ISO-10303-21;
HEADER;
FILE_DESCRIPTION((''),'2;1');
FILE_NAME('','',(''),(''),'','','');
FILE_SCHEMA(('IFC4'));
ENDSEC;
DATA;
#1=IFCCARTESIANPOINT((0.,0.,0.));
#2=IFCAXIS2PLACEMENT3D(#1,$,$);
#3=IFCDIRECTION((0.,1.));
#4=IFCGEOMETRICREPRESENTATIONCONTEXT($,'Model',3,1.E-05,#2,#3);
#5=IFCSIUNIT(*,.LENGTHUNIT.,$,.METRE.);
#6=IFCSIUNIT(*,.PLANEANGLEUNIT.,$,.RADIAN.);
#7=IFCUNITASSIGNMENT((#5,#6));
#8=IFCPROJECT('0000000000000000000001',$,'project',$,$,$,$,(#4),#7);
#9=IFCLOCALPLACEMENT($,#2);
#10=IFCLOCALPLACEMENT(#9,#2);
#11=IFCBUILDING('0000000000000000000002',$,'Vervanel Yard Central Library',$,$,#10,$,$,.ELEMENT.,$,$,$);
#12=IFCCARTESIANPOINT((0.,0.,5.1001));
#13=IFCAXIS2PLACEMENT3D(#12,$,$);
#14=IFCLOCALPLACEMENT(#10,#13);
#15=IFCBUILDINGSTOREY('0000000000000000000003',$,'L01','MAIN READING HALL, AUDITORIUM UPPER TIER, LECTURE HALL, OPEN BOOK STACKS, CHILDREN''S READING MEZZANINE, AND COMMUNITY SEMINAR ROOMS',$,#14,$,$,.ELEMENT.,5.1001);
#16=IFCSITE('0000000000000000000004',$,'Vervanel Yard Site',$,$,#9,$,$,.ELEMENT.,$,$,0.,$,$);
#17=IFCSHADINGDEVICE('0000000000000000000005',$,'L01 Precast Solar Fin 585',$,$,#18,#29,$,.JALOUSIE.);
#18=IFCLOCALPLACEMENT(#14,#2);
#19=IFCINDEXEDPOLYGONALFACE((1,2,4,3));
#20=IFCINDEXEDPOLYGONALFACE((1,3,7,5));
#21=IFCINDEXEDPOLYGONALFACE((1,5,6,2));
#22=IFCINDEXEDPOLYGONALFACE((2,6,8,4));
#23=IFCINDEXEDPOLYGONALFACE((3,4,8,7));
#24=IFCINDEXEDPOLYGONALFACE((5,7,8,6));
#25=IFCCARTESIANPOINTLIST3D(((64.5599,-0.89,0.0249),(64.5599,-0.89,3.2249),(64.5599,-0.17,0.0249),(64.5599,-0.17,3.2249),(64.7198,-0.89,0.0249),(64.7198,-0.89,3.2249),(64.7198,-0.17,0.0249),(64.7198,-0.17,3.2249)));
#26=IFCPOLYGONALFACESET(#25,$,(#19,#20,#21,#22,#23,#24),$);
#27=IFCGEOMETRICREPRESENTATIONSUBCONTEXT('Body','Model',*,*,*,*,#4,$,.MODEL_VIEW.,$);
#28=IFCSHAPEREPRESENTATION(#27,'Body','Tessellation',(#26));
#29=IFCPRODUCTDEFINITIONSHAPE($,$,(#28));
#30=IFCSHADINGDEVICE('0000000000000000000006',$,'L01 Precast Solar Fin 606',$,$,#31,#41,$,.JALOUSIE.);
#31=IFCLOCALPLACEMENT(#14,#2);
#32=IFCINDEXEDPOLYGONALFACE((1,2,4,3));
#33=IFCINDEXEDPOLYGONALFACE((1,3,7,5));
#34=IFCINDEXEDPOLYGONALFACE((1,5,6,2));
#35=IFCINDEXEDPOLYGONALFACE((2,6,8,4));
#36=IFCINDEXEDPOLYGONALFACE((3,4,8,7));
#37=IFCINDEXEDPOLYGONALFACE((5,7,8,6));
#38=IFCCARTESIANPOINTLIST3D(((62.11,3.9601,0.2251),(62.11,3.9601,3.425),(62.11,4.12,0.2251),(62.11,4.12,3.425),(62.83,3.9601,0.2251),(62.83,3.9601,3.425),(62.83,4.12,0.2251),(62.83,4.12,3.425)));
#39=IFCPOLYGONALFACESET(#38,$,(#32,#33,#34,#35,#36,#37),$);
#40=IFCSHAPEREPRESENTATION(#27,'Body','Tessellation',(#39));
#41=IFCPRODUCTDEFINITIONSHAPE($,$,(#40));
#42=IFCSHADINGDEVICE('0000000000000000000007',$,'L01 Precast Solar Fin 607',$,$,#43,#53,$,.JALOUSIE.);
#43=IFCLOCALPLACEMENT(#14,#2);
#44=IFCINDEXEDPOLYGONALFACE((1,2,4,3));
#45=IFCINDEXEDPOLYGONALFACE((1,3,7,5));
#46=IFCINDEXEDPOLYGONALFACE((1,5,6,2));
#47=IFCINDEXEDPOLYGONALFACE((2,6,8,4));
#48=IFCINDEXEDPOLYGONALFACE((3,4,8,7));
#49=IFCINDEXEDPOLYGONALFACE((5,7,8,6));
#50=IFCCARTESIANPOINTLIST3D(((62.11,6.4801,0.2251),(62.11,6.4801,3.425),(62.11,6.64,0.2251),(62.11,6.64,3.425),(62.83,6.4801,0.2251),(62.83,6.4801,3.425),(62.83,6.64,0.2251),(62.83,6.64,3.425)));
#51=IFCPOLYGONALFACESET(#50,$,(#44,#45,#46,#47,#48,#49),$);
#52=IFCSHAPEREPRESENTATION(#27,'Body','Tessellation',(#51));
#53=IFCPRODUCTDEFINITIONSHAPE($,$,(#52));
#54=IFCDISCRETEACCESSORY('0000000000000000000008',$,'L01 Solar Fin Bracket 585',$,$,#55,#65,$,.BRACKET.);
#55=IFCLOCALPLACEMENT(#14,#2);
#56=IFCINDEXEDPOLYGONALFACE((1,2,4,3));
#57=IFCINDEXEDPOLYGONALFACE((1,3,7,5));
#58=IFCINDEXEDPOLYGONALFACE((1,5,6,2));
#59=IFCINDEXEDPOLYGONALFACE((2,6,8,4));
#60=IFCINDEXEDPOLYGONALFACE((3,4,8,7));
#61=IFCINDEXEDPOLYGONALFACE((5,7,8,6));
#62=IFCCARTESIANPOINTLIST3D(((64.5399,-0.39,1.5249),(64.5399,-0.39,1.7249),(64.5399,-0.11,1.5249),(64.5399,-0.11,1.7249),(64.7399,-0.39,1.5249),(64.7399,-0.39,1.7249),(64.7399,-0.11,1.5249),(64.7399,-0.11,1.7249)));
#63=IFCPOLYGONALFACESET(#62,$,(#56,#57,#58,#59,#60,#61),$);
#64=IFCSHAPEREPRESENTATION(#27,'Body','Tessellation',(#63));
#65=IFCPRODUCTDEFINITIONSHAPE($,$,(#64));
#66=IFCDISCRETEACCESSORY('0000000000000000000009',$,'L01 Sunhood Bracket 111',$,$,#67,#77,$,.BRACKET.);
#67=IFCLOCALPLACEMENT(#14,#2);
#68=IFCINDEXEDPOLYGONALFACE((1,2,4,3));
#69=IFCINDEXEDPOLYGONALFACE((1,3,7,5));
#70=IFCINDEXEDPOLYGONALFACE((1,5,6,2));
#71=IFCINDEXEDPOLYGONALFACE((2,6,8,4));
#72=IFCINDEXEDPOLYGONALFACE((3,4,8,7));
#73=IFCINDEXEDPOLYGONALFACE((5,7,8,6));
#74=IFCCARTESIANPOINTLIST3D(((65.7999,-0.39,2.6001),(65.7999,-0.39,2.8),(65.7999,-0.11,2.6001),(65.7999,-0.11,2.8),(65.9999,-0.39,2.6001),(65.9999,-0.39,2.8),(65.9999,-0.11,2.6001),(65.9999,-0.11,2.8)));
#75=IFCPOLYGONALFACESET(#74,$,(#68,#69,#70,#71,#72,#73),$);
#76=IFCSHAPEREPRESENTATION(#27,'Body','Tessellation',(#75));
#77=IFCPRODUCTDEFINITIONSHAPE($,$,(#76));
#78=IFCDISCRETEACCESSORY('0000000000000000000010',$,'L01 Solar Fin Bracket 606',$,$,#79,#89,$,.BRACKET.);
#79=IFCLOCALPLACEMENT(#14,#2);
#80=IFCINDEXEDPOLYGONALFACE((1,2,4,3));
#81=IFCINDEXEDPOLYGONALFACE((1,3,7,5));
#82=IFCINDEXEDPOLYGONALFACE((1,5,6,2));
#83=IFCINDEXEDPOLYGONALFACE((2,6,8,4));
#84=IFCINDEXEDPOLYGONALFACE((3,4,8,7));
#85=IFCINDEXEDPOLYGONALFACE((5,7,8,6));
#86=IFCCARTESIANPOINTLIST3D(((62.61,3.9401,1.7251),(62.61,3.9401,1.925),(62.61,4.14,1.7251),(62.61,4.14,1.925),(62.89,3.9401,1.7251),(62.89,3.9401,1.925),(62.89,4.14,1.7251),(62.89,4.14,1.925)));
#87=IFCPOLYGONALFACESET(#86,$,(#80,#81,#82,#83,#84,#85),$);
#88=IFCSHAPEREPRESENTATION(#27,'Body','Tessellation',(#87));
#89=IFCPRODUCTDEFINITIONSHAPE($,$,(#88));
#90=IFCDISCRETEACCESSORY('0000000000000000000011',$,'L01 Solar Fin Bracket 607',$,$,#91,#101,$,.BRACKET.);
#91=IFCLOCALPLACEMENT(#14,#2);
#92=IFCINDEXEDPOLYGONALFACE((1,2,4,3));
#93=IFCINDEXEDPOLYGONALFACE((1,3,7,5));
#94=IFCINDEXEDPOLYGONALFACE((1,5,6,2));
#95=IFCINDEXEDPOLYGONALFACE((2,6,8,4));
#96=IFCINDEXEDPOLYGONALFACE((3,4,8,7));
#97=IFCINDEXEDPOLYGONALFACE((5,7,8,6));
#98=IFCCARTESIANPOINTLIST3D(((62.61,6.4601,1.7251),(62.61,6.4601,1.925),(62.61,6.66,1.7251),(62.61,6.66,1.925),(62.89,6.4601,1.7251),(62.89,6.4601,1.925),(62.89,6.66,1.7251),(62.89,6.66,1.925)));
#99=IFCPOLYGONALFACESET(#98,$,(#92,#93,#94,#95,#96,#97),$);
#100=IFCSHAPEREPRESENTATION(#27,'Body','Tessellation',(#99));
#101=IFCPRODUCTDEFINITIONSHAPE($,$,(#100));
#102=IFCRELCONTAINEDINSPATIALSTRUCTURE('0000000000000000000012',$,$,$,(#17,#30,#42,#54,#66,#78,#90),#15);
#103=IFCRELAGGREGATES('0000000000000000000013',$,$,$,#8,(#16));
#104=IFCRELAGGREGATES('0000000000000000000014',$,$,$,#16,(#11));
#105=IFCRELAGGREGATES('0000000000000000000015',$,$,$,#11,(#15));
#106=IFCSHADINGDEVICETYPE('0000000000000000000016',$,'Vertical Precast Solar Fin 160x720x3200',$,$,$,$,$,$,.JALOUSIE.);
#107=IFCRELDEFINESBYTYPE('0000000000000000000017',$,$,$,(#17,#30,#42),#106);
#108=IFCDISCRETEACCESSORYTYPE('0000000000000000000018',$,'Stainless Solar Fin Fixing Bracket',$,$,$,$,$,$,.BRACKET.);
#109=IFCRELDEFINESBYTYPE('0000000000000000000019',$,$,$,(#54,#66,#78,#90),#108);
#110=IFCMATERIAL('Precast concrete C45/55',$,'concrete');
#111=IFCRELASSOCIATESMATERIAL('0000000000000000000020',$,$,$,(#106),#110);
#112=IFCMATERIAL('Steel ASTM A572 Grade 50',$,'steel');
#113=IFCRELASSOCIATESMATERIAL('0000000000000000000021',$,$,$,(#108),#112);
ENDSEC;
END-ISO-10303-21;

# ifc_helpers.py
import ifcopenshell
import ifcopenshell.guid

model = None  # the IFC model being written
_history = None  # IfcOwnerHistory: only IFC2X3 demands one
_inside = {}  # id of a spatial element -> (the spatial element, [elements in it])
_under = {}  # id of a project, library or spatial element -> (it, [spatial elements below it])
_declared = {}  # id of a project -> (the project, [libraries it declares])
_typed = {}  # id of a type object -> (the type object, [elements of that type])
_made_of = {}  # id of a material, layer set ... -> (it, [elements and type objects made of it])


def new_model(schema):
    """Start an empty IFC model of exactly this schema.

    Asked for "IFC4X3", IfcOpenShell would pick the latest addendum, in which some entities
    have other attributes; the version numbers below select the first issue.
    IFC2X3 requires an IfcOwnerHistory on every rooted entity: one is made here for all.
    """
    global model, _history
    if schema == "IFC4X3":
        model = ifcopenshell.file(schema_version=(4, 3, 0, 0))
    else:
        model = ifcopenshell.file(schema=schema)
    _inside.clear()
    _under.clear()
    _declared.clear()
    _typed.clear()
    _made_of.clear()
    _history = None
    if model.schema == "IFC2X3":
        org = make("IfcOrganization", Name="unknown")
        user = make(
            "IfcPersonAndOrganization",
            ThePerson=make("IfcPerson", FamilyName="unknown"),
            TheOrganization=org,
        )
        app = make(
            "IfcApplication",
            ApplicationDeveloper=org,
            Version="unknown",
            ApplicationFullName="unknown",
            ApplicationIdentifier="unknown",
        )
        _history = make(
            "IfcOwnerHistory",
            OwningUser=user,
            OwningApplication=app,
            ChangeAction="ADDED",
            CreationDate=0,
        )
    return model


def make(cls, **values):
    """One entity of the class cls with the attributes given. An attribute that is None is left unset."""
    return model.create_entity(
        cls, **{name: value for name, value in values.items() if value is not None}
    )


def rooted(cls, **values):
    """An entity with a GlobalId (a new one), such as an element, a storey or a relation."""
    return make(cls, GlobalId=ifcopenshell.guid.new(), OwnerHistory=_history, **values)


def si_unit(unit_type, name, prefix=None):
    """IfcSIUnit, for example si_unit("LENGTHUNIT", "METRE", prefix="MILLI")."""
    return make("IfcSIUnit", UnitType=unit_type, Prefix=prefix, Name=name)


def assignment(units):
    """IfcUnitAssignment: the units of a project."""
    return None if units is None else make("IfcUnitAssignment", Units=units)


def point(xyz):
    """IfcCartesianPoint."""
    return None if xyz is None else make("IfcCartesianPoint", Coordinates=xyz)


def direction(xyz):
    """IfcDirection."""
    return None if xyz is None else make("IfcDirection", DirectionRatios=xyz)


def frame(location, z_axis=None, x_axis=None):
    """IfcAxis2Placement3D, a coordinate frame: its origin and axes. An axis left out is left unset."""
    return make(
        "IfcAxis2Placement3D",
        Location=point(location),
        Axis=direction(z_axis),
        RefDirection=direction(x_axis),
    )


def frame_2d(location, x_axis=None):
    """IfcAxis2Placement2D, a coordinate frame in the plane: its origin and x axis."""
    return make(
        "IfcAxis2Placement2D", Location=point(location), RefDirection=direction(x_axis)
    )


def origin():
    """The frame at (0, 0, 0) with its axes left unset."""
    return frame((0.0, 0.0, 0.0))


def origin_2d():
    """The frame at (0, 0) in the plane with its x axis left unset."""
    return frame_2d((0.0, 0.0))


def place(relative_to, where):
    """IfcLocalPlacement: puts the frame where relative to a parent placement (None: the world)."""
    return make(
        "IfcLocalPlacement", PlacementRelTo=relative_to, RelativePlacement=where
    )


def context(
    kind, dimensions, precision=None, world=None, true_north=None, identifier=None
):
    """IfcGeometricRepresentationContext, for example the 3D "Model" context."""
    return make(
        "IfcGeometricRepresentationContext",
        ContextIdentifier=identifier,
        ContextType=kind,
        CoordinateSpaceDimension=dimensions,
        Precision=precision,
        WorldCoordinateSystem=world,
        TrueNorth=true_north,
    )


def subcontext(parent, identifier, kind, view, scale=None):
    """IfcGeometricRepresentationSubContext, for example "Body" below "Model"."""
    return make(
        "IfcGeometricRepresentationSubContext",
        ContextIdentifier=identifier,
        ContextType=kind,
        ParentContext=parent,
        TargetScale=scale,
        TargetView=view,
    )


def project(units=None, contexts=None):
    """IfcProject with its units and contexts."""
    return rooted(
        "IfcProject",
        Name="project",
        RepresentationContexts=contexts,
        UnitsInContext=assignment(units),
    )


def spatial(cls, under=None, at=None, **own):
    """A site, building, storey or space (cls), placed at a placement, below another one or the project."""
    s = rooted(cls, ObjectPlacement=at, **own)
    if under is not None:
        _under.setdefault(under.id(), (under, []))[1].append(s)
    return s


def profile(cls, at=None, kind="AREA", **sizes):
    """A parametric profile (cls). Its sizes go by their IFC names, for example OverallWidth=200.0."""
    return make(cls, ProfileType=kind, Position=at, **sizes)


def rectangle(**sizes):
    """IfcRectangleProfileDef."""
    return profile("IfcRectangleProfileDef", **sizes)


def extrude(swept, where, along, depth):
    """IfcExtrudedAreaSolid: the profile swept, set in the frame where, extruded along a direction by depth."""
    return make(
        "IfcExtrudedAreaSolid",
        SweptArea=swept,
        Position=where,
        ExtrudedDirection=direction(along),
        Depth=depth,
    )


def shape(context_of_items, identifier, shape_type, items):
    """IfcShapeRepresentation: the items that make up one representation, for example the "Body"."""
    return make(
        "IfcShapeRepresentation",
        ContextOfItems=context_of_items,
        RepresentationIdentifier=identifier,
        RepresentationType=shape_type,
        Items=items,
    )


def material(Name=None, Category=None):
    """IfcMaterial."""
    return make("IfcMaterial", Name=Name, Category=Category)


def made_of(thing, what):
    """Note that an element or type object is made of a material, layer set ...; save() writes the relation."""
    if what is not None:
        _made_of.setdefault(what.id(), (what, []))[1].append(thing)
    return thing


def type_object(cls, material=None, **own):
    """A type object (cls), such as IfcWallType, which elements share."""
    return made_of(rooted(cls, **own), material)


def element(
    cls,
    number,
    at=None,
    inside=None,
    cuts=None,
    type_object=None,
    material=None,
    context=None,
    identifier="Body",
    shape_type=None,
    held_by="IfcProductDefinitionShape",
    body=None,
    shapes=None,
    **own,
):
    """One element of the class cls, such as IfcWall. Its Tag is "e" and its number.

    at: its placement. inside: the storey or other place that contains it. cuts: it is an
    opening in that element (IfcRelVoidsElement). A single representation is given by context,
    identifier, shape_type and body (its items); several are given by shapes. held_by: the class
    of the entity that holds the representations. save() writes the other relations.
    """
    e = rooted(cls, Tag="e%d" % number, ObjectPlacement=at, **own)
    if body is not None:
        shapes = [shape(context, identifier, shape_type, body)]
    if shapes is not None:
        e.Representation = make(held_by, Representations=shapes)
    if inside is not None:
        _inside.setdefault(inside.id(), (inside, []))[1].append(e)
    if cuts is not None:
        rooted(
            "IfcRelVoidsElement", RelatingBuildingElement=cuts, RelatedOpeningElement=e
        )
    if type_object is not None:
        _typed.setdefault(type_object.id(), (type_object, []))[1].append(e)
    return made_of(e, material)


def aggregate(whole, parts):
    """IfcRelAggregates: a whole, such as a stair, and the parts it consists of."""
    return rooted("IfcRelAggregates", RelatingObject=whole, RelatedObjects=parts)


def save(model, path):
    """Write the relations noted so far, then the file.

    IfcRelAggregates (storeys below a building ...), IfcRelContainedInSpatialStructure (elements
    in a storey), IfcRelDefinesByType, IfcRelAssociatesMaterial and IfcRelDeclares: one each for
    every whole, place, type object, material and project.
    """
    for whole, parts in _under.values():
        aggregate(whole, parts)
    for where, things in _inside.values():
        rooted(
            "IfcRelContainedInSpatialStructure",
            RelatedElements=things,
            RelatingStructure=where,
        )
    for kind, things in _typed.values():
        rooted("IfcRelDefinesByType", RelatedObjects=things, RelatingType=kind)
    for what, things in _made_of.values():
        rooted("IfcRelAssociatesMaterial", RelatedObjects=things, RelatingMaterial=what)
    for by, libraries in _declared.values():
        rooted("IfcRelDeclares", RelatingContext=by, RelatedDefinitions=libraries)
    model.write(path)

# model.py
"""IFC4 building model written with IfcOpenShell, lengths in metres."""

from ifc_helpers import new_model, si_unit, direction, frame, origin, origin_2d, place, context, subcontext, project, spatial, rectangle, extrude, material, type_object, element, save


model = new_model("IFC4")

# Units and contexts
model_context = context("Model", 3, precision=1e-05, world=origin(), true_north=direction((0.0, 1.0)))
body_context = subcontext(model_context, "Body", "Model", "MODEL_VIEW")
ifc_project = project(units=[si_unit("LENGTHUNIT", "METRE"), si_unit("PLANEANGLEUNIT", "RADIAN")], contexts=[model_context])

# Site, building, storey
site_placement = place(None, origin())
site = spatial("IfcSite", under=ifc_project, at=site_placement, Name="Vervanel Yard Site", CompositionType="ELEMENT", RefElevation=0.0)
building_placement = place(site_placement, origin())
building = spatial("IfcBuilding", under=site, at=building_placement, Name="Vervanel Yard Central Library", CompositionType="ELEMENT")
storey_placement = place(building_placement, frame((0.0, 0.0, 5.1001)))
storey = spatial("IfcBuildingStorey", under=building, at=storey_placement, Name="L01", Description="MAIN READING HALL, AUDITORIUM UPPER TIER, LECTURE HALL, OPEN BOOK STACKS, CHILDREN'S READING MEZZANINE, AND COMMUNITY SEMINAR ROOMS", CompositionType="ELEMENT", Elevation=5.1001)

# Shared definitions
ifc_material_1 = material(Name="Precast concrete C45/55", Category="concrete")

# Shading devices
shading_device_type_1 = type_object("IfcShadingDeviceType", Name="Vertical Precast Solar Fin 160x720x3200", PredefinedType="JALOUSIE", material=ifc_material_1)
for number, where, z_axis, x_axis, name in (
    (1, (64.6399, -0.53, 0.0249), (0.0, 0.0, 1.0), (1.0, 0.0, 0.0), "L01 Precast Solar Fin 585"),
    (2, (62.47, 4.04, 0.2251), (0.0, 0.0, 1.0), (0.0, 1.0, 0.0), "L01 Precast Solar Fin 606"),
    (3, (62.47, 6.5601, 0.2251), (0.0, 0.0, 1.0), (0.0, 1.0, 0.0), "L01 Precast Solar Fin 607"),
):
    element("IfcShadingDevice", number, at=place(storey_placement, frame(where, z_axis=z_axis, x_axis=x_axis)), inside=storey, type_object=shading_device_type_1, Name=name, PredefinedType="JALOUSIE", context=body_context, shape_type="SweptSolid", body=[
        extrude(rectangle(XDim=0.1599, YDim=0.72, at=origin_2d()), origin(), (0.0, 0.0, 1.0), 3.2),
    ])

# Discrete accessories
ifc_material_2 = material(Name="Steel ASTM A572 Grade 50", Category="steel")
discrete_accessory_type = type_object("IfcDiscreteAccessoryType", Name="Stainless Solar Fin Fixing Bracket", PredefinedType="BRACKET", material=ifc_material_2)
for number, where, z_axis, x_axis, name in (
    (4, (64.6399, -0.25, 1.5249), (0.0, 0.0, 1.0), (1.0, 0.0, 0.0), "L01 Solar Fin Bracket 585"),
    (5, (65.8999, -0.25, 2.6001), (0.0, 0.0, 1.0), (1.0, 0.0, 0.0), "L01 Sunhood Bracket 111"),
    (6, (62.75, 4.04, 1.7251), (0.0, 0.0, 1.0), (0.0, 1.0, 0.0), "L01 Solar Fin Bracket 606"),
    (7, (62.75, 6.5601, 1.7251), (0.0, 0.0, 1.0), (0.0, 1.0, 0.0), "L01 Solar Fin Bracket 607"),
):
    element("IfcDiscreteAccessory", number, at=place(storey_placement, frame(where, z_axis=z_axis, x_axis=x_axis)), inside=storey, type_object=discrete_accessory_type, Name=name, PredefinedType="BRACKET", context=body_context, shape_type="SweptSolid", body=[
        extrude(rectangle(XDim=0.2, YDim=0.28, at=origin_2d()), origin(), (0.0, 0.0, 1.0), 0.2),
    ])

save(model, "model.ifc")
